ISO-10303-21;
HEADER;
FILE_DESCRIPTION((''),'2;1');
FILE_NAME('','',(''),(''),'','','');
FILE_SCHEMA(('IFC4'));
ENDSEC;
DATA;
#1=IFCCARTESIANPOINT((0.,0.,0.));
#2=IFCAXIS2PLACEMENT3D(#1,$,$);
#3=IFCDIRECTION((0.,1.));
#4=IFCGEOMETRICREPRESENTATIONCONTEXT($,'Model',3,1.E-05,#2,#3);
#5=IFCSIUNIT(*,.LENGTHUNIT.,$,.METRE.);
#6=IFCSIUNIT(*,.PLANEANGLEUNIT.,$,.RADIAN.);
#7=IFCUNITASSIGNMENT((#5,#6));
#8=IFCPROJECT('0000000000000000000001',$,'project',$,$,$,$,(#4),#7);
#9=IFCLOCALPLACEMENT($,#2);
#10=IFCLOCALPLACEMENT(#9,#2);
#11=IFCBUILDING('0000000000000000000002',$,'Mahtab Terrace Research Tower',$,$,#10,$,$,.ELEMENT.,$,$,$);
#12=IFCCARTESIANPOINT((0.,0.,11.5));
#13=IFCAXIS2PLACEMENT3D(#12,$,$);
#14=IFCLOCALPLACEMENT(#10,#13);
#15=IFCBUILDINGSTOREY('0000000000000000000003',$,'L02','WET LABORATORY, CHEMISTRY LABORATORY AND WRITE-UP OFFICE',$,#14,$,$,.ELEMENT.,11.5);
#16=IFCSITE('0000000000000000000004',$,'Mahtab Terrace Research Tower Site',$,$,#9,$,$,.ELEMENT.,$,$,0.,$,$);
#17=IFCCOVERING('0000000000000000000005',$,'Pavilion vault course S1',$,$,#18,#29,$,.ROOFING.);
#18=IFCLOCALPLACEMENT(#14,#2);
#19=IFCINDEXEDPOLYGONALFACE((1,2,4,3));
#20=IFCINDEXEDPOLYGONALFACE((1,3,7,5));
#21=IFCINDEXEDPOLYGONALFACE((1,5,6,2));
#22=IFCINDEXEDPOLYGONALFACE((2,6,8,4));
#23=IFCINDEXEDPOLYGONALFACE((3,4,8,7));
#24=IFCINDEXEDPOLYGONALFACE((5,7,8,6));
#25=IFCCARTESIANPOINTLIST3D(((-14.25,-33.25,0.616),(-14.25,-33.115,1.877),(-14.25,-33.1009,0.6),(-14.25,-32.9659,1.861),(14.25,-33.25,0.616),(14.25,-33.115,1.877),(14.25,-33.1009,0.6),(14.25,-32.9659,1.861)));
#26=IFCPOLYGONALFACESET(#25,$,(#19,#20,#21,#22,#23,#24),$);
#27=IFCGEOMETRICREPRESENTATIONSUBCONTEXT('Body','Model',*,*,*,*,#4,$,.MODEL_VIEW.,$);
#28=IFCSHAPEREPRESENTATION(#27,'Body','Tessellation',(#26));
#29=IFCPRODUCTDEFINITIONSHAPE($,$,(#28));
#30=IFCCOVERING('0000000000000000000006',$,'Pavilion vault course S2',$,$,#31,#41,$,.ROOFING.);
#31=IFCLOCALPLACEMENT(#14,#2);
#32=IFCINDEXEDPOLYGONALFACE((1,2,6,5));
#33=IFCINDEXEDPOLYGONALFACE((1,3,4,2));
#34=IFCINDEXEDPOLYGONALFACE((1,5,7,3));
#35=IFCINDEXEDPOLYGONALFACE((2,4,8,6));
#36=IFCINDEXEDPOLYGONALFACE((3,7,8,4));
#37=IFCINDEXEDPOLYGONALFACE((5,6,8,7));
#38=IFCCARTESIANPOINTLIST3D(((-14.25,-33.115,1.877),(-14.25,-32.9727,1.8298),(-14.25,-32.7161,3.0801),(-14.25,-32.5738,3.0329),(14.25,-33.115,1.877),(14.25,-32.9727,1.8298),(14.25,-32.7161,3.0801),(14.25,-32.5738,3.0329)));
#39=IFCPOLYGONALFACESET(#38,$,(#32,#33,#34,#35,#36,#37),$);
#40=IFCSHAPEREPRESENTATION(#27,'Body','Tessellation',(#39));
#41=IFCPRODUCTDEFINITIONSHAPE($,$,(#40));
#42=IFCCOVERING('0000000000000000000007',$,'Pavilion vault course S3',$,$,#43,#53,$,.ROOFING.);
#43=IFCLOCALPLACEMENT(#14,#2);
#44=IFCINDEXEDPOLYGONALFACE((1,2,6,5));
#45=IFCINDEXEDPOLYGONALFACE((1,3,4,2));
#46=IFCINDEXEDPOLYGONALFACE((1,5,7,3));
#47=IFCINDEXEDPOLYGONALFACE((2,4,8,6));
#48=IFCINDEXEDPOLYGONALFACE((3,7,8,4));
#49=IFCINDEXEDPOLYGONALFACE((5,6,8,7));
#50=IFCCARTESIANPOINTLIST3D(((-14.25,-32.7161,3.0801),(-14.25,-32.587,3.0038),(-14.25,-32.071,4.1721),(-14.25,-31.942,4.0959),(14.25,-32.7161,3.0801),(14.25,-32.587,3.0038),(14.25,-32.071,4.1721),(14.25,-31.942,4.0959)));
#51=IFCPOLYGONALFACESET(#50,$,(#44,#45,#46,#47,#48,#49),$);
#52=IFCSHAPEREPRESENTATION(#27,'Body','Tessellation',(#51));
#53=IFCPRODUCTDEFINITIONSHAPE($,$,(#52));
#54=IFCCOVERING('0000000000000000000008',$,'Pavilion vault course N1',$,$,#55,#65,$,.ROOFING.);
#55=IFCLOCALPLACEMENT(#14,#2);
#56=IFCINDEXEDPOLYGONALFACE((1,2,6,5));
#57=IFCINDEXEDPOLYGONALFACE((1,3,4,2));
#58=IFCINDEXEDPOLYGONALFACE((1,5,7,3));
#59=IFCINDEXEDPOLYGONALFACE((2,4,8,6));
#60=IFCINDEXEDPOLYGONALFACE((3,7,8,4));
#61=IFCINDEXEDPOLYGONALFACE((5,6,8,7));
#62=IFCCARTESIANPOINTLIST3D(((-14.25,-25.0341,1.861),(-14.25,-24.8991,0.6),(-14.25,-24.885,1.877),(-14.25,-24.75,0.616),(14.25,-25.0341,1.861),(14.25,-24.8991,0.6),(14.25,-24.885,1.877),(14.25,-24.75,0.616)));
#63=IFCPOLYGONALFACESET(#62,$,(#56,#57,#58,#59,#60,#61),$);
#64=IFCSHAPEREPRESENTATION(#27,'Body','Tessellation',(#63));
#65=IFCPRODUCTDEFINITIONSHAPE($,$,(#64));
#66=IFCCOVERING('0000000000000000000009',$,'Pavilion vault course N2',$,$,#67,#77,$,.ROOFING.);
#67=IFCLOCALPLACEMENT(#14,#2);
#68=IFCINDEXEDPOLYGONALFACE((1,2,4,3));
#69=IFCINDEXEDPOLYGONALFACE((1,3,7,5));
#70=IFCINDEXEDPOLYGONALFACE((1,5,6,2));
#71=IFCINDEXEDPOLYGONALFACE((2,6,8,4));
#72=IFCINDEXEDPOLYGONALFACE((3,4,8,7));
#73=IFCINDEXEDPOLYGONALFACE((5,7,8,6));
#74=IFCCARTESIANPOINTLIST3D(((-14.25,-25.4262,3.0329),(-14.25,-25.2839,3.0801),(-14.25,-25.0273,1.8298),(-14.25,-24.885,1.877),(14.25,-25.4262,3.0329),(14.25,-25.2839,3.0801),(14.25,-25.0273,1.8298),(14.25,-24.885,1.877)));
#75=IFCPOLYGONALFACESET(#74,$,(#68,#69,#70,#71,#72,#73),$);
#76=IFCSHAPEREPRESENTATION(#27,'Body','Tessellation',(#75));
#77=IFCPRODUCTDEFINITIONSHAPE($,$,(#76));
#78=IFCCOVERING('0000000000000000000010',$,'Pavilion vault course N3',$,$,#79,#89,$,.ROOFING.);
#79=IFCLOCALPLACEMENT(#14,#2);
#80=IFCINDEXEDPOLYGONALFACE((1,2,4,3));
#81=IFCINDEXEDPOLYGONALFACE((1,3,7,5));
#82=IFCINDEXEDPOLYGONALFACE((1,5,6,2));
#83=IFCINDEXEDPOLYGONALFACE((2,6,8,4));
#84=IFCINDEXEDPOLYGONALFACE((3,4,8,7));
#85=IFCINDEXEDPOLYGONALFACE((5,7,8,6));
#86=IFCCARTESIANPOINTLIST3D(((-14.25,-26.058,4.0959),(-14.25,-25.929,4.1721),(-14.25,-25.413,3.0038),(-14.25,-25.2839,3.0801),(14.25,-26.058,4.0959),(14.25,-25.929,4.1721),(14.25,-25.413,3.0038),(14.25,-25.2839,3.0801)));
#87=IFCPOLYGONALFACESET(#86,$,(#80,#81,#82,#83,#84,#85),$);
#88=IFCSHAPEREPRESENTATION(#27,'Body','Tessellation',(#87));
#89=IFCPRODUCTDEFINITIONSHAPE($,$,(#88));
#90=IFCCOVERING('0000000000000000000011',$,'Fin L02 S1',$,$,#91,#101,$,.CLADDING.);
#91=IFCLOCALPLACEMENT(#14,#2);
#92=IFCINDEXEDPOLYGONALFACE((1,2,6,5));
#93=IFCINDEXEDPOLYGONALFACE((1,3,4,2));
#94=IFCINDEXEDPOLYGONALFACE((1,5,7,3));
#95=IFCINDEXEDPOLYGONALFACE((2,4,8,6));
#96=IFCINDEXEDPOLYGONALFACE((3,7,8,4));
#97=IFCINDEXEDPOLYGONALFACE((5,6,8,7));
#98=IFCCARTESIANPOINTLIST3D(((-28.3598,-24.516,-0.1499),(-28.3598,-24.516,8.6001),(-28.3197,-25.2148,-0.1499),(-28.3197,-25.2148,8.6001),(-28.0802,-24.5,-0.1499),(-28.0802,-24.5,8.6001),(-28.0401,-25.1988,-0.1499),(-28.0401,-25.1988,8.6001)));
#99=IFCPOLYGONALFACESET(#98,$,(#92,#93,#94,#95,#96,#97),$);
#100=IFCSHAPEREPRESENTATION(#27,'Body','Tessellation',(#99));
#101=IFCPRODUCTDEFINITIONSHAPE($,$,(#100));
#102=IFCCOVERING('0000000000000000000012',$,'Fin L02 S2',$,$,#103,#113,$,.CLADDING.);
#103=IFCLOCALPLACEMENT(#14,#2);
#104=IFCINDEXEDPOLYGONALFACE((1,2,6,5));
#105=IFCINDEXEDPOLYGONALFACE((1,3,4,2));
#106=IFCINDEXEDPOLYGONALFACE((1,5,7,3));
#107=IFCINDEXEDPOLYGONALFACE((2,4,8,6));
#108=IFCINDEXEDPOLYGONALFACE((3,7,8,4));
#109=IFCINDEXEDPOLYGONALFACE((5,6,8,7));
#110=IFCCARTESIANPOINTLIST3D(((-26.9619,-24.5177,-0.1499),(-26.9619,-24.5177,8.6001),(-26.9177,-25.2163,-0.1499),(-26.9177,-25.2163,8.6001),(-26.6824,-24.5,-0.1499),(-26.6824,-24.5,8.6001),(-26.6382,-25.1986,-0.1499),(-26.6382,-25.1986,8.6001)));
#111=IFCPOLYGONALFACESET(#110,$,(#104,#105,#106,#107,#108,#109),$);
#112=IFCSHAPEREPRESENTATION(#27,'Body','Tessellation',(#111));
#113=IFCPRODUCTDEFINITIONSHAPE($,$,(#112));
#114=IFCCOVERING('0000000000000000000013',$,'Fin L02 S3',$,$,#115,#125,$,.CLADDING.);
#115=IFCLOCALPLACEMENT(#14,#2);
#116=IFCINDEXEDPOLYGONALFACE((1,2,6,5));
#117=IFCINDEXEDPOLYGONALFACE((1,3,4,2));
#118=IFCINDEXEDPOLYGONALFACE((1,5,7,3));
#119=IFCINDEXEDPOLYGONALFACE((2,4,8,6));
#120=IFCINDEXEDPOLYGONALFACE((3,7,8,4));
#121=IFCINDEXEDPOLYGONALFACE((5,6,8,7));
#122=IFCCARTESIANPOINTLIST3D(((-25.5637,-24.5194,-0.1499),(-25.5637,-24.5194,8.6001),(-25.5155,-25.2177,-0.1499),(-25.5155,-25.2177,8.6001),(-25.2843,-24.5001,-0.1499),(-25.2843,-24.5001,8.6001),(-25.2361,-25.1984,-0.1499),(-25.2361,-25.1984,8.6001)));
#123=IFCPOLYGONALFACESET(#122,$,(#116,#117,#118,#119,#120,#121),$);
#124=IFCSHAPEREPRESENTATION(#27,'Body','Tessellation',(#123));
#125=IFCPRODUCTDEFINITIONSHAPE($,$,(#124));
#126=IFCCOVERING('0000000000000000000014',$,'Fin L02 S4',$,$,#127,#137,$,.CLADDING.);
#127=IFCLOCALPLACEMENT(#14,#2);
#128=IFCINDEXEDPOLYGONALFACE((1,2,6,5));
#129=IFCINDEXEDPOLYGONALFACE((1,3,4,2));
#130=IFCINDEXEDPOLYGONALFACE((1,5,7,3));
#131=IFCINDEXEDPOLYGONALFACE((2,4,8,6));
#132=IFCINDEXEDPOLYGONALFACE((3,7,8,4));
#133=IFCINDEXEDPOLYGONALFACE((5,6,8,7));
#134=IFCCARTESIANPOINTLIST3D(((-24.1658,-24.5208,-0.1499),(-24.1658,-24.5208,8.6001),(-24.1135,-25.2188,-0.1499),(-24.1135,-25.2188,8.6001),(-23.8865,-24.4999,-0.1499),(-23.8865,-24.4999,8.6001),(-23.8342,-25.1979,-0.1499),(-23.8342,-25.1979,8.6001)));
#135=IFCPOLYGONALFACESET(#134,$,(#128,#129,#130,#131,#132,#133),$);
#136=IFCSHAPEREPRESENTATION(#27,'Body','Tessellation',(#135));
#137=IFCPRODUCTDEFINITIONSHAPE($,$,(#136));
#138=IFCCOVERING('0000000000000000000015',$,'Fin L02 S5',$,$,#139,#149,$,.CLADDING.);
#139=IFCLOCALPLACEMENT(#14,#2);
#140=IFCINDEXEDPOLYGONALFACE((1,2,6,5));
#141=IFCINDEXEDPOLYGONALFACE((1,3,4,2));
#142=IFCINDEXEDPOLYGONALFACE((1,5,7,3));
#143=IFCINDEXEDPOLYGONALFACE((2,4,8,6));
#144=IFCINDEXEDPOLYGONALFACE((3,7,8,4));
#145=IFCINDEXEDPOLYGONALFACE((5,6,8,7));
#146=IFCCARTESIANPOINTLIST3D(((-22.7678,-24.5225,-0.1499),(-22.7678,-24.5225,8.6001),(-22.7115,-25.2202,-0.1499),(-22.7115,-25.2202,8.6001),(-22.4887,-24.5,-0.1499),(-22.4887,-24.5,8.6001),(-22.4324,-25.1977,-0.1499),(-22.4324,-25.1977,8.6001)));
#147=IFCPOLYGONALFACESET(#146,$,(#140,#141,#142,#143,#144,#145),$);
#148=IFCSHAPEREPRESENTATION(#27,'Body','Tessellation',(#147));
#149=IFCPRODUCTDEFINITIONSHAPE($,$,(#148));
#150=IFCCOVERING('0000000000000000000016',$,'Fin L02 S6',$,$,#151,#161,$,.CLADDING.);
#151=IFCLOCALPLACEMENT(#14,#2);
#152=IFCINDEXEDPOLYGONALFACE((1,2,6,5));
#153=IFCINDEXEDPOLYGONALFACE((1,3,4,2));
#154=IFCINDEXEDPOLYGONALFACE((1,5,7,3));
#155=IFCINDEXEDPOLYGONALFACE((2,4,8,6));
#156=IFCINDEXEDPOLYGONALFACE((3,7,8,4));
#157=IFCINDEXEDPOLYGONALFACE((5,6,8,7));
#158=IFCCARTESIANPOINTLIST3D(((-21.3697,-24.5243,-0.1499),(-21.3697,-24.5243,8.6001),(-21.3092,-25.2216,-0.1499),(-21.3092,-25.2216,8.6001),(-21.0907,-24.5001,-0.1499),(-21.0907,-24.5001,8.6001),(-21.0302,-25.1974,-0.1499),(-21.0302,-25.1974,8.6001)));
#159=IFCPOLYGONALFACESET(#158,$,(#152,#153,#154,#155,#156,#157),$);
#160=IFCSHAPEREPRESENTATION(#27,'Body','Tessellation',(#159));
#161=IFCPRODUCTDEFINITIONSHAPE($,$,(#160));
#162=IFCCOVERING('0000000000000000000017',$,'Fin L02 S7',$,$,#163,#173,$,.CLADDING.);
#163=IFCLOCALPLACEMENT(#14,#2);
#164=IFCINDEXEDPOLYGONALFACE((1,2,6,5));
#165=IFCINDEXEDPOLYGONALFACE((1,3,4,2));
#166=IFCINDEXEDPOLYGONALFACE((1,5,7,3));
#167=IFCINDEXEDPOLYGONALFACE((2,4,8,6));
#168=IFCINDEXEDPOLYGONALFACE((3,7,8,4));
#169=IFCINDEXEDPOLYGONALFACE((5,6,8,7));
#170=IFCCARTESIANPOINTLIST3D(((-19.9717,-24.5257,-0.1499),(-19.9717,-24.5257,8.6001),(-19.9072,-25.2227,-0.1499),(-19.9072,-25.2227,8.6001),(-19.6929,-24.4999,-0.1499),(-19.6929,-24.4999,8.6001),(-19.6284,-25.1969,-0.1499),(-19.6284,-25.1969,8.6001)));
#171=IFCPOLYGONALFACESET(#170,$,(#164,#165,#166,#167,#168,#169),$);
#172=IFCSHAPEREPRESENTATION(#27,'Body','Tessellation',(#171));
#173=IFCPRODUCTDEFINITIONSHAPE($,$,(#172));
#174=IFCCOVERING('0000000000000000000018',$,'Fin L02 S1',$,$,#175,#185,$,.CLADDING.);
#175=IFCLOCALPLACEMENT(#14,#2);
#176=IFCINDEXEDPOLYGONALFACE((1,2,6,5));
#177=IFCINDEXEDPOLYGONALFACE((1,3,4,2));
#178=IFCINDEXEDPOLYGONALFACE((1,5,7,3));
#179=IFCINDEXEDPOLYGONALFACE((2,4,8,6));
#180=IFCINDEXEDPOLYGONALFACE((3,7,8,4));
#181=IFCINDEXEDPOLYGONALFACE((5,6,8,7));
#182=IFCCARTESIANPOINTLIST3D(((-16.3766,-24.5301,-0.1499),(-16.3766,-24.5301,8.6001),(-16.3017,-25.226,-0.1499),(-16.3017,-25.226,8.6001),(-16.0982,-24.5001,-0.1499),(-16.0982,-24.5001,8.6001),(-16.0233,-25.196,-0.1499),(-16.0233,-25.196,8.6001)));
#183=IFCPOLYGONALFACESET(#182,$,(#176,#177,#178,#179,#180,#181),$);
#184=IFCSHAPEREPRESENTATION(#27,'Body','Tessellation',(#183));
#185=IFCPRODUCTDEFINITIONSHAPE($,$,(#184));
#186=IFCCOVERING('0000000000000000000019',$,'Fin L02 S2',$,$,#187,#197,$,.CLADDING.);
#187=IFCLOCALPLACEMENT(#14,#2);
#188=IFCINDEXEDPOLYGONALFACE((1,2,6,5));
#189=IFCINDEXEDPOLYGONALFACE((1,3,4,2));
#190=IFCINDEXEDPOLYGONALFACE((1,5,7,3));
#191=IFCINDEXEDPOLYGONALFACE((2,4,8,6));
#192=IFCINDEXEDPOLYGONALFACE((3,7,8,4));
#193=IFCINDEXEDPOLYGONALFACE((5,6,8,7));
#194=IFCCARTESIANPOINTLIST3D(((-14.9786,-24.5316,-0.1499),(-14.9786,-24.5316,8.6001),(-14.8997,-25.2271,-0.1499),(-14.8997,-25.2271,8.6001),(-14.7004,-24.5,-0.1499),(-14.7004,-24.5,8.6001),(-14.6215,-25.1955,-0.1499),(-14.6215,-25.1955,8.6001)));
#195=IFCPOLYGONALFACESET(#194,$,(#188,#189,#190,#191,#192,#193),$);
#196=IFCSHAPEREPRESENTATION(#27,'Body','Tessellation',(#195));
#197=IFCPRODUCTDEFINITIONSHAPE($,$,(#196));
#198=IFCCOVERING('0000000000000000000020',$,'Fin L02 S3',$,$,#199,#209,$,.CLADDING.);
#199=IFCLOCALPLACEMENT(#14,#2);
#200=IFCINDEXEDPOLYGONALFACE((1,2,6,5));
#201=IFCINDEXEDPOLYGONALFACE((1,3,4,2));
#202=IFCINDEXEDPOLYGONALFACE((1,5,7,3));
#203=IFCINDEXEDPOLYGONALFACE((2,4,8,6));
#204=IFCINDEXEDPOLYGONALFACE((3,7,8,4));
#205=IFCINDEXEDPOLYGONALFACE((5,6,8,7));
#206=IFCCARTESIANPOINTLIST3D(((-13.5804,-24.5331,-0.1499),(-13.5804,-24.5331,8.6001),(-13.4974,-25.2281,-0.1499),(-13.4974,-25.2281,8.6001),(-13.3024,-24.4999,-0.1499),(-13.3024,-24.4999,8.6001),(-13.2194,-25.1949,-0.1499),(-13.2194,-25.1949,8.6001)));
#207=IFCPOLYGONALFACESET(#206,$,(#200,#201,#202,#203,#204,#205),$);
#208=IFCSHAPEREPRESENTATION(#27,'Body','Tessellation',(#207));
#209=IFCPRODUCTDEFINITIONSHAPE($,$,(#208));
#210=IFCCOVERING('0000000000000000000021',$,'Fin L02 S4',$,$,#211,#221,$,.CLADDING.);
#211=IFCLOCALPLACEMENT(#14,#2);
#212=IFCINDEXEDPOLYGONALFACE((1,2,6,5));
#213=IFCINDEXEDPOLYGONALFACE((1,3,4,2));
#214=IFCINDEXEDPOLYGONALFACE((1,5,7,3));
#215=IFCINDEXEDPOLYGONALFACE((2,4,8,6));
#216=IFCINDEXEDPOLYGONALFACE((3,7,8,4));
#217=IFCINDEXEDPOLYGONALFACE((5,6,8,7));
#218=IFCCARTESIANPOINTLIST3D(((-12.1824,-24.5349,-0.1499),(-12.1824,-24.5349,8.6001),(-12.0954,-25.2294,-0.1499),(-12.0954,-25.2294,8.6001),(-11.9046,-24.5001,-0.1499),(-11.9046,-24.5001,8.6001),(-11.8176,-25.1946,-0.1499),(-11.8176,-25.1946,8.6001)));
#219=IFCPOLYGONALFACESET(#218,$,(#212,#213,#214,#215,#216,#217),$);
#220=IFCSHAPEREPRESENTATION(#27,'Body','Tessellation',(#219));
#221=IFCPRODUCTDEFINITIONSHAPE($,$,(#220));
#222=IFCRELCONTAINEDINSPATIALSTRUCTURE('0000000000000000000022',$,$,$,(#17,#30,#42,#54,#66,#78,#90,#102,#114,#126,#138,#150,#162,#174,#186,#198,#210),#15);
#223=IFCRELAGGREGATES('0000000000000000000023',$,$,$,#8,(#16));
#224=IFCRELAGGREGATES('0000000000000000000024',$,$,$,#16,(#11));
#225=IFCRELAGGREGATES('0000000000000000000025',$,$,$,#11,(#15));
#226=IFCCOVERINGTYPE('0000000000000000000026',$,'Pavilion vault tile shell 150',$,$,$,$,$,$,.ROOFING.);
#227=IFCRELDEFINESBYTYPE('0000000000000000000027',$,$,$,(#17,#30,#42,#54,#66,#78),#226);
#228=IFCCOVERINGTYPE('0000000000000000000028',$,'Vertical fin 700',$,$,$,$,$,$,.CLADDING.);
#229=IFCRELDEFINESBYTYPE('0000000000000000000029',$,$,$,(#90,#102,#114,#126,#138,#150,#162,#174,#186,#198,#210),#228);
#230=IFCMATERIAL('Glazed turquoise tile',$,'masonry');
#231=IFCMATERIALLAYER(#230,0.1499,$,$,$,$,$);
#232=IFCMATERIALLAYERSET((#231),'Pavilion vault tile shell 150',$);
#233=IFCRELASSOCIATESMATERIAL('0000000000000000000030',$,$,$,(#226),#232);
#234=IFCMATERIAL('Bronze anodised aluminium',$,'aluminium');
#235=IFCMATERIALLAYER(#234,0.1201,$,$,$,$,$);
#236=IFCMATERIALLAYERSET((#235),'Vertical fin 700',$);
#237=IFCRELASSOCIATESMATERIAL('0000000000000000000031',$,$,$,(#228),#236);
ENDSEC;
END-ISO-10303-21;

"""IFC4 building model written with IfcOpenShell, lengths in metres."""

from ifc_helpers import new_model, si_unit, direction, frame, origin, origin_2d, place, context, subcontext, project, spatial, polyline, rectangle, outline, extrude, material, layer, layer_set, type_object, element, save


model = new_model("IFC4")

# Units and contexts
model_context = context("Model", 3, precision=1e-05, world=origin(), true_north=direction((0.0, 1.0)))
body_context = subcontext(model_context, "Body", "Model", "MODEL_VIEW")
ifc_project = project(units=[si_unit("LENGTHUNIT", "METRE"), si_unit("PLANEANGLEUNIT", "RADIAN")], contexts=[model_context])

# Site, building, storey
site_placement = place(None, origin())
site = spatial("IfcSite", under=ifc_project, at=site_placement, Name="Mahtab Terrace Research Tower Site", CompositionType="ELEMENT", RefElevation=0.0)
building_placement = place(site_placement, origin())
building = spatial("IfcBuilding", under=site, at=building_placement, Name="Mahtab Terrace Research Tower", CompositionType="ELEMENT")
storey_placement = place(building_placement, frame((0.0, 0.0, 11.5)))
storey = spatial("IfcBuildingStorey", under=building, at=storey_placement, Name="L02", Description="WET LABORATORY, CHEMISTRY LABORATORY AND WRITE-UP OFFICE", CompositionType="ELEMENT", Elevation=11.5)

# Coverings
ifc_material_1 = material(Name="Glazed turquoise tile", Category="masonry")
ifc_layer_1 = layer(ifc_material_1, 0.1499)
ifc_layer_set_1 = layer_set([ifc_layer_1], Name="Pavilion vault tile shell 150")
covering_type_1 = type_object("IfcCoveringType", Name="Pavilion vault tile shell 150", PredefinedType="ROOFING", material=ifc_layer_set_1)
covering_1_placement = place(storey_placement, frame((-14.25, -33.25, 0.616), z_axis=(0.0, -0.994317, 0.106458), x_axis=(1.0, 0.0, 0.0)))
element("IfcCovering", 1, at=covering_1_placement, inside=storey, type_object=covering_type_1, Name="Pavilion vault course S1", PredefinedType="ROOFING", context=body_context, shape_type="SweptSolid", body=[
    extrude(outline(polyline([(0.0, 0.0), (28.5, 0.0), (28.5, 1.2682), (0.0, 1.2682), (0.0, 0.0)])), origin(), (0.0, 0.0, -1.0), 0.1499),
])
covering_2_placement = place(storey_placement, frame((-14.25, -33.115, 1.877), z_axis=(0.0, -0.949183, 0.314725), x_axis=(1.0, 0.0, 0.0)))
element("IfcCovering", 2, at=covering_2_placement, inside=storey, type_object=covering_type_1, Name="Pavilion vault course S2", PredefinedType="ROOFING", context=body_context, shape_type="SweptSolid", body=[
    extrude(outline(polyline([(0.0, 0.0), (28.5, 0.0), (28.5, 1.2675), (0.0, 1.2675), (0.0, 0.0)])), origin(), (0.0, 0.0, -1.0), 0.1499),
])
covering_3_placement = place(storey_placement, frame((-14.25, -32.7161, 3.0801), z_axis=(0.0, -0.861022, 0.508567), x_axis=(1.0, 0.0, 0.0)))
element("IfcCovering", 3, at=covering_3_placement, inside=storey, type_object=covering_type_1, Name="Pavilion vault course S3", PredefinedType="ROOFING", context=body_context, shape_type="SweptSolid", body=[
    extrude(outline(polyline([(0.0, 0.0), (28.5, 0.0), (28.5, 1.2683), (0.0, 1.2683), (0.0, 0.0)])), origin(), (0.0, 0.0, -1.0), 0.1499),
])
covering_4_placement = place(storey_placement, frame((-14.25, -24.885, 1.877), z_axis=(0.0, 0.994317, 0.106458), x_axis=(1.0, 0.0, 0.0)))
element("IfcCovering", 4, at=covering_4_placement, inside=storey, type_object=covering_type_1, Name="Pavilion vault course N1", PredefinedType="ROOFING", context=body_context, shape_type="SweptSolid", body=[
    extrude(outline(polyline([(0.0, 0.0), (28.5, 0.0), (28.5, 1.2682), (0.0, 1.2682), (0.0, 0.0)])), origin(), (0.0, 0.0, -1.0), 0.1499),
])
covering_5_placement = place(storey_placement, frame((-14.25, -25.2839, 3.0801), z_axis=(0.0, 0.949183, 0.314725), x_axis=(1.0, 0.0, 0.0)))
element("IfcCovering", 5, at=covering_5_placement, inside=storey, type_object=covering_type_1, Name="Pavilion vault course N2", PredefinedType="ROOFING", context=body_context, shape_type="SweptSolid", body=[
    extrude(outline(polyline([(0.0, 0.0), (28.5, 0.0), (28.5, 1.2675), (0.0, 1.2675), (0.0, 0.0)])), origin(), (0.0, 0.0, -1.0), 0.1499),
])
covering_6_placement = place(storey_placement, frame((-14.25, -25.929, 4.1721), z_axis=(0.0, 0.861022, 0.508567), x_axis=(1.0, 0.0, 0.0)))
element("IfcCovering", 6, at=covering_6_placement, inside=storey, type_object=covering_type_1, Name="Pavilion vault course N3", PredefinedType="ROOFING", context=body_context, shape_type="SweptSolid", body=[
    extrude(outline(polyline([(0.0, 0.0), (28.5, 0.0), (28.5, 1.2683), (0.0, 1.2683), (0.0, 0.0)])), origin(), (0.0, 0.0, -1.0), 0.1499),
])
ifc_material_2 = material(Name="Bronze anodised aluminium", Category="aluminium")
ifc_layer_2 = layer(ifc_material_2, 0.1201)
ifc_layer_set_2 = layer_set([ifc_layer_2], Name="Vertical fin 700")
covering_type_2 = type_object("IfcCoveringType", Name="Vertical fin 700", PredefinedType="CLADDING", material=ifc_layer_set_2)
for number, where, z_axis, x_axis, name in (
    (7, (-28.2, -24.8574, -0.1499), (0.0, 0.0, 1.0), (0.998356, 0.057315, 0.0), "Fin L02 S1"),
    (8, (-26.8, -24.8582, -0.1499), (0.0, 0.0, 1.0), (0.998006, 0.063122, 0.0), "Fin L02 S2"),
    (9, (-25.3999, -24.8589, -0.1499), (0.0, 0.0, 1.0), (0.997622, 0.068927, 0.0), "Fin L02 S3"),
    (10, (-24.0, -24.8594, -0.1499), (0.0, 0.0, 1.0), (0.997204, 0.07473, 0.0), "Fin L02 S4"),
    (11, (-22.6001, -24.8601, -0.1499), (0.0, 0.0, 1.0), (0.996752, 0.08053, 0.0), "Fin L02 S5"),
    (12, (-21.2, -24.8608, -0.1499), (0.0, 0.0, 1.0), (0.996267, 0.086328, 0.0), "Fin L02 S6"),
    (13, (-19.8, -24.8613, -0.1499), (0.0, 0.0, 1.0), (0.995748, 0.092122, 0.0), "Fin L02 S7"),
    (14, (-16.2, -24.863, -0.1499), (0.0, 0.0, 1.0), (0.994258, 0.107008, 0.0), "Fin L02 S1"),
    (15, (-14.8, -24.8635, -0.1499), (0.0, 0.0, 1.0), (0.993619, 0.11279, 0.0), "Fin L02 S2"),
    (16, (-13.3999, -24.864, -0.1499), (0.0, 0.0, 1.0), (0.992946, 0.118569, 0.0), "Fin L02 S3"),
    (17, (-12.0, -24.8647, -0.1499), (0.0, 0.0, 1.0), (0.992239, 0.124344, 0.0), "Fin L02 S4"),
):
    element("IfcCovering", number, at=place(storey_placement, frame(where, z_axis=z_axis, x_axis=x_axis)), inside=storey, type_object=covering_type_2, Name=name, PredefinedType="CLADDING", context=body_context, shape_type="SweptSolid", body=[
        extrude(rectangle(XDim=0.28, YDim=0.7, at=origin_2d()), origin(), (0.0, 0.0, 1.0), 8.75),
    ])

save(model, "model.ifc")
